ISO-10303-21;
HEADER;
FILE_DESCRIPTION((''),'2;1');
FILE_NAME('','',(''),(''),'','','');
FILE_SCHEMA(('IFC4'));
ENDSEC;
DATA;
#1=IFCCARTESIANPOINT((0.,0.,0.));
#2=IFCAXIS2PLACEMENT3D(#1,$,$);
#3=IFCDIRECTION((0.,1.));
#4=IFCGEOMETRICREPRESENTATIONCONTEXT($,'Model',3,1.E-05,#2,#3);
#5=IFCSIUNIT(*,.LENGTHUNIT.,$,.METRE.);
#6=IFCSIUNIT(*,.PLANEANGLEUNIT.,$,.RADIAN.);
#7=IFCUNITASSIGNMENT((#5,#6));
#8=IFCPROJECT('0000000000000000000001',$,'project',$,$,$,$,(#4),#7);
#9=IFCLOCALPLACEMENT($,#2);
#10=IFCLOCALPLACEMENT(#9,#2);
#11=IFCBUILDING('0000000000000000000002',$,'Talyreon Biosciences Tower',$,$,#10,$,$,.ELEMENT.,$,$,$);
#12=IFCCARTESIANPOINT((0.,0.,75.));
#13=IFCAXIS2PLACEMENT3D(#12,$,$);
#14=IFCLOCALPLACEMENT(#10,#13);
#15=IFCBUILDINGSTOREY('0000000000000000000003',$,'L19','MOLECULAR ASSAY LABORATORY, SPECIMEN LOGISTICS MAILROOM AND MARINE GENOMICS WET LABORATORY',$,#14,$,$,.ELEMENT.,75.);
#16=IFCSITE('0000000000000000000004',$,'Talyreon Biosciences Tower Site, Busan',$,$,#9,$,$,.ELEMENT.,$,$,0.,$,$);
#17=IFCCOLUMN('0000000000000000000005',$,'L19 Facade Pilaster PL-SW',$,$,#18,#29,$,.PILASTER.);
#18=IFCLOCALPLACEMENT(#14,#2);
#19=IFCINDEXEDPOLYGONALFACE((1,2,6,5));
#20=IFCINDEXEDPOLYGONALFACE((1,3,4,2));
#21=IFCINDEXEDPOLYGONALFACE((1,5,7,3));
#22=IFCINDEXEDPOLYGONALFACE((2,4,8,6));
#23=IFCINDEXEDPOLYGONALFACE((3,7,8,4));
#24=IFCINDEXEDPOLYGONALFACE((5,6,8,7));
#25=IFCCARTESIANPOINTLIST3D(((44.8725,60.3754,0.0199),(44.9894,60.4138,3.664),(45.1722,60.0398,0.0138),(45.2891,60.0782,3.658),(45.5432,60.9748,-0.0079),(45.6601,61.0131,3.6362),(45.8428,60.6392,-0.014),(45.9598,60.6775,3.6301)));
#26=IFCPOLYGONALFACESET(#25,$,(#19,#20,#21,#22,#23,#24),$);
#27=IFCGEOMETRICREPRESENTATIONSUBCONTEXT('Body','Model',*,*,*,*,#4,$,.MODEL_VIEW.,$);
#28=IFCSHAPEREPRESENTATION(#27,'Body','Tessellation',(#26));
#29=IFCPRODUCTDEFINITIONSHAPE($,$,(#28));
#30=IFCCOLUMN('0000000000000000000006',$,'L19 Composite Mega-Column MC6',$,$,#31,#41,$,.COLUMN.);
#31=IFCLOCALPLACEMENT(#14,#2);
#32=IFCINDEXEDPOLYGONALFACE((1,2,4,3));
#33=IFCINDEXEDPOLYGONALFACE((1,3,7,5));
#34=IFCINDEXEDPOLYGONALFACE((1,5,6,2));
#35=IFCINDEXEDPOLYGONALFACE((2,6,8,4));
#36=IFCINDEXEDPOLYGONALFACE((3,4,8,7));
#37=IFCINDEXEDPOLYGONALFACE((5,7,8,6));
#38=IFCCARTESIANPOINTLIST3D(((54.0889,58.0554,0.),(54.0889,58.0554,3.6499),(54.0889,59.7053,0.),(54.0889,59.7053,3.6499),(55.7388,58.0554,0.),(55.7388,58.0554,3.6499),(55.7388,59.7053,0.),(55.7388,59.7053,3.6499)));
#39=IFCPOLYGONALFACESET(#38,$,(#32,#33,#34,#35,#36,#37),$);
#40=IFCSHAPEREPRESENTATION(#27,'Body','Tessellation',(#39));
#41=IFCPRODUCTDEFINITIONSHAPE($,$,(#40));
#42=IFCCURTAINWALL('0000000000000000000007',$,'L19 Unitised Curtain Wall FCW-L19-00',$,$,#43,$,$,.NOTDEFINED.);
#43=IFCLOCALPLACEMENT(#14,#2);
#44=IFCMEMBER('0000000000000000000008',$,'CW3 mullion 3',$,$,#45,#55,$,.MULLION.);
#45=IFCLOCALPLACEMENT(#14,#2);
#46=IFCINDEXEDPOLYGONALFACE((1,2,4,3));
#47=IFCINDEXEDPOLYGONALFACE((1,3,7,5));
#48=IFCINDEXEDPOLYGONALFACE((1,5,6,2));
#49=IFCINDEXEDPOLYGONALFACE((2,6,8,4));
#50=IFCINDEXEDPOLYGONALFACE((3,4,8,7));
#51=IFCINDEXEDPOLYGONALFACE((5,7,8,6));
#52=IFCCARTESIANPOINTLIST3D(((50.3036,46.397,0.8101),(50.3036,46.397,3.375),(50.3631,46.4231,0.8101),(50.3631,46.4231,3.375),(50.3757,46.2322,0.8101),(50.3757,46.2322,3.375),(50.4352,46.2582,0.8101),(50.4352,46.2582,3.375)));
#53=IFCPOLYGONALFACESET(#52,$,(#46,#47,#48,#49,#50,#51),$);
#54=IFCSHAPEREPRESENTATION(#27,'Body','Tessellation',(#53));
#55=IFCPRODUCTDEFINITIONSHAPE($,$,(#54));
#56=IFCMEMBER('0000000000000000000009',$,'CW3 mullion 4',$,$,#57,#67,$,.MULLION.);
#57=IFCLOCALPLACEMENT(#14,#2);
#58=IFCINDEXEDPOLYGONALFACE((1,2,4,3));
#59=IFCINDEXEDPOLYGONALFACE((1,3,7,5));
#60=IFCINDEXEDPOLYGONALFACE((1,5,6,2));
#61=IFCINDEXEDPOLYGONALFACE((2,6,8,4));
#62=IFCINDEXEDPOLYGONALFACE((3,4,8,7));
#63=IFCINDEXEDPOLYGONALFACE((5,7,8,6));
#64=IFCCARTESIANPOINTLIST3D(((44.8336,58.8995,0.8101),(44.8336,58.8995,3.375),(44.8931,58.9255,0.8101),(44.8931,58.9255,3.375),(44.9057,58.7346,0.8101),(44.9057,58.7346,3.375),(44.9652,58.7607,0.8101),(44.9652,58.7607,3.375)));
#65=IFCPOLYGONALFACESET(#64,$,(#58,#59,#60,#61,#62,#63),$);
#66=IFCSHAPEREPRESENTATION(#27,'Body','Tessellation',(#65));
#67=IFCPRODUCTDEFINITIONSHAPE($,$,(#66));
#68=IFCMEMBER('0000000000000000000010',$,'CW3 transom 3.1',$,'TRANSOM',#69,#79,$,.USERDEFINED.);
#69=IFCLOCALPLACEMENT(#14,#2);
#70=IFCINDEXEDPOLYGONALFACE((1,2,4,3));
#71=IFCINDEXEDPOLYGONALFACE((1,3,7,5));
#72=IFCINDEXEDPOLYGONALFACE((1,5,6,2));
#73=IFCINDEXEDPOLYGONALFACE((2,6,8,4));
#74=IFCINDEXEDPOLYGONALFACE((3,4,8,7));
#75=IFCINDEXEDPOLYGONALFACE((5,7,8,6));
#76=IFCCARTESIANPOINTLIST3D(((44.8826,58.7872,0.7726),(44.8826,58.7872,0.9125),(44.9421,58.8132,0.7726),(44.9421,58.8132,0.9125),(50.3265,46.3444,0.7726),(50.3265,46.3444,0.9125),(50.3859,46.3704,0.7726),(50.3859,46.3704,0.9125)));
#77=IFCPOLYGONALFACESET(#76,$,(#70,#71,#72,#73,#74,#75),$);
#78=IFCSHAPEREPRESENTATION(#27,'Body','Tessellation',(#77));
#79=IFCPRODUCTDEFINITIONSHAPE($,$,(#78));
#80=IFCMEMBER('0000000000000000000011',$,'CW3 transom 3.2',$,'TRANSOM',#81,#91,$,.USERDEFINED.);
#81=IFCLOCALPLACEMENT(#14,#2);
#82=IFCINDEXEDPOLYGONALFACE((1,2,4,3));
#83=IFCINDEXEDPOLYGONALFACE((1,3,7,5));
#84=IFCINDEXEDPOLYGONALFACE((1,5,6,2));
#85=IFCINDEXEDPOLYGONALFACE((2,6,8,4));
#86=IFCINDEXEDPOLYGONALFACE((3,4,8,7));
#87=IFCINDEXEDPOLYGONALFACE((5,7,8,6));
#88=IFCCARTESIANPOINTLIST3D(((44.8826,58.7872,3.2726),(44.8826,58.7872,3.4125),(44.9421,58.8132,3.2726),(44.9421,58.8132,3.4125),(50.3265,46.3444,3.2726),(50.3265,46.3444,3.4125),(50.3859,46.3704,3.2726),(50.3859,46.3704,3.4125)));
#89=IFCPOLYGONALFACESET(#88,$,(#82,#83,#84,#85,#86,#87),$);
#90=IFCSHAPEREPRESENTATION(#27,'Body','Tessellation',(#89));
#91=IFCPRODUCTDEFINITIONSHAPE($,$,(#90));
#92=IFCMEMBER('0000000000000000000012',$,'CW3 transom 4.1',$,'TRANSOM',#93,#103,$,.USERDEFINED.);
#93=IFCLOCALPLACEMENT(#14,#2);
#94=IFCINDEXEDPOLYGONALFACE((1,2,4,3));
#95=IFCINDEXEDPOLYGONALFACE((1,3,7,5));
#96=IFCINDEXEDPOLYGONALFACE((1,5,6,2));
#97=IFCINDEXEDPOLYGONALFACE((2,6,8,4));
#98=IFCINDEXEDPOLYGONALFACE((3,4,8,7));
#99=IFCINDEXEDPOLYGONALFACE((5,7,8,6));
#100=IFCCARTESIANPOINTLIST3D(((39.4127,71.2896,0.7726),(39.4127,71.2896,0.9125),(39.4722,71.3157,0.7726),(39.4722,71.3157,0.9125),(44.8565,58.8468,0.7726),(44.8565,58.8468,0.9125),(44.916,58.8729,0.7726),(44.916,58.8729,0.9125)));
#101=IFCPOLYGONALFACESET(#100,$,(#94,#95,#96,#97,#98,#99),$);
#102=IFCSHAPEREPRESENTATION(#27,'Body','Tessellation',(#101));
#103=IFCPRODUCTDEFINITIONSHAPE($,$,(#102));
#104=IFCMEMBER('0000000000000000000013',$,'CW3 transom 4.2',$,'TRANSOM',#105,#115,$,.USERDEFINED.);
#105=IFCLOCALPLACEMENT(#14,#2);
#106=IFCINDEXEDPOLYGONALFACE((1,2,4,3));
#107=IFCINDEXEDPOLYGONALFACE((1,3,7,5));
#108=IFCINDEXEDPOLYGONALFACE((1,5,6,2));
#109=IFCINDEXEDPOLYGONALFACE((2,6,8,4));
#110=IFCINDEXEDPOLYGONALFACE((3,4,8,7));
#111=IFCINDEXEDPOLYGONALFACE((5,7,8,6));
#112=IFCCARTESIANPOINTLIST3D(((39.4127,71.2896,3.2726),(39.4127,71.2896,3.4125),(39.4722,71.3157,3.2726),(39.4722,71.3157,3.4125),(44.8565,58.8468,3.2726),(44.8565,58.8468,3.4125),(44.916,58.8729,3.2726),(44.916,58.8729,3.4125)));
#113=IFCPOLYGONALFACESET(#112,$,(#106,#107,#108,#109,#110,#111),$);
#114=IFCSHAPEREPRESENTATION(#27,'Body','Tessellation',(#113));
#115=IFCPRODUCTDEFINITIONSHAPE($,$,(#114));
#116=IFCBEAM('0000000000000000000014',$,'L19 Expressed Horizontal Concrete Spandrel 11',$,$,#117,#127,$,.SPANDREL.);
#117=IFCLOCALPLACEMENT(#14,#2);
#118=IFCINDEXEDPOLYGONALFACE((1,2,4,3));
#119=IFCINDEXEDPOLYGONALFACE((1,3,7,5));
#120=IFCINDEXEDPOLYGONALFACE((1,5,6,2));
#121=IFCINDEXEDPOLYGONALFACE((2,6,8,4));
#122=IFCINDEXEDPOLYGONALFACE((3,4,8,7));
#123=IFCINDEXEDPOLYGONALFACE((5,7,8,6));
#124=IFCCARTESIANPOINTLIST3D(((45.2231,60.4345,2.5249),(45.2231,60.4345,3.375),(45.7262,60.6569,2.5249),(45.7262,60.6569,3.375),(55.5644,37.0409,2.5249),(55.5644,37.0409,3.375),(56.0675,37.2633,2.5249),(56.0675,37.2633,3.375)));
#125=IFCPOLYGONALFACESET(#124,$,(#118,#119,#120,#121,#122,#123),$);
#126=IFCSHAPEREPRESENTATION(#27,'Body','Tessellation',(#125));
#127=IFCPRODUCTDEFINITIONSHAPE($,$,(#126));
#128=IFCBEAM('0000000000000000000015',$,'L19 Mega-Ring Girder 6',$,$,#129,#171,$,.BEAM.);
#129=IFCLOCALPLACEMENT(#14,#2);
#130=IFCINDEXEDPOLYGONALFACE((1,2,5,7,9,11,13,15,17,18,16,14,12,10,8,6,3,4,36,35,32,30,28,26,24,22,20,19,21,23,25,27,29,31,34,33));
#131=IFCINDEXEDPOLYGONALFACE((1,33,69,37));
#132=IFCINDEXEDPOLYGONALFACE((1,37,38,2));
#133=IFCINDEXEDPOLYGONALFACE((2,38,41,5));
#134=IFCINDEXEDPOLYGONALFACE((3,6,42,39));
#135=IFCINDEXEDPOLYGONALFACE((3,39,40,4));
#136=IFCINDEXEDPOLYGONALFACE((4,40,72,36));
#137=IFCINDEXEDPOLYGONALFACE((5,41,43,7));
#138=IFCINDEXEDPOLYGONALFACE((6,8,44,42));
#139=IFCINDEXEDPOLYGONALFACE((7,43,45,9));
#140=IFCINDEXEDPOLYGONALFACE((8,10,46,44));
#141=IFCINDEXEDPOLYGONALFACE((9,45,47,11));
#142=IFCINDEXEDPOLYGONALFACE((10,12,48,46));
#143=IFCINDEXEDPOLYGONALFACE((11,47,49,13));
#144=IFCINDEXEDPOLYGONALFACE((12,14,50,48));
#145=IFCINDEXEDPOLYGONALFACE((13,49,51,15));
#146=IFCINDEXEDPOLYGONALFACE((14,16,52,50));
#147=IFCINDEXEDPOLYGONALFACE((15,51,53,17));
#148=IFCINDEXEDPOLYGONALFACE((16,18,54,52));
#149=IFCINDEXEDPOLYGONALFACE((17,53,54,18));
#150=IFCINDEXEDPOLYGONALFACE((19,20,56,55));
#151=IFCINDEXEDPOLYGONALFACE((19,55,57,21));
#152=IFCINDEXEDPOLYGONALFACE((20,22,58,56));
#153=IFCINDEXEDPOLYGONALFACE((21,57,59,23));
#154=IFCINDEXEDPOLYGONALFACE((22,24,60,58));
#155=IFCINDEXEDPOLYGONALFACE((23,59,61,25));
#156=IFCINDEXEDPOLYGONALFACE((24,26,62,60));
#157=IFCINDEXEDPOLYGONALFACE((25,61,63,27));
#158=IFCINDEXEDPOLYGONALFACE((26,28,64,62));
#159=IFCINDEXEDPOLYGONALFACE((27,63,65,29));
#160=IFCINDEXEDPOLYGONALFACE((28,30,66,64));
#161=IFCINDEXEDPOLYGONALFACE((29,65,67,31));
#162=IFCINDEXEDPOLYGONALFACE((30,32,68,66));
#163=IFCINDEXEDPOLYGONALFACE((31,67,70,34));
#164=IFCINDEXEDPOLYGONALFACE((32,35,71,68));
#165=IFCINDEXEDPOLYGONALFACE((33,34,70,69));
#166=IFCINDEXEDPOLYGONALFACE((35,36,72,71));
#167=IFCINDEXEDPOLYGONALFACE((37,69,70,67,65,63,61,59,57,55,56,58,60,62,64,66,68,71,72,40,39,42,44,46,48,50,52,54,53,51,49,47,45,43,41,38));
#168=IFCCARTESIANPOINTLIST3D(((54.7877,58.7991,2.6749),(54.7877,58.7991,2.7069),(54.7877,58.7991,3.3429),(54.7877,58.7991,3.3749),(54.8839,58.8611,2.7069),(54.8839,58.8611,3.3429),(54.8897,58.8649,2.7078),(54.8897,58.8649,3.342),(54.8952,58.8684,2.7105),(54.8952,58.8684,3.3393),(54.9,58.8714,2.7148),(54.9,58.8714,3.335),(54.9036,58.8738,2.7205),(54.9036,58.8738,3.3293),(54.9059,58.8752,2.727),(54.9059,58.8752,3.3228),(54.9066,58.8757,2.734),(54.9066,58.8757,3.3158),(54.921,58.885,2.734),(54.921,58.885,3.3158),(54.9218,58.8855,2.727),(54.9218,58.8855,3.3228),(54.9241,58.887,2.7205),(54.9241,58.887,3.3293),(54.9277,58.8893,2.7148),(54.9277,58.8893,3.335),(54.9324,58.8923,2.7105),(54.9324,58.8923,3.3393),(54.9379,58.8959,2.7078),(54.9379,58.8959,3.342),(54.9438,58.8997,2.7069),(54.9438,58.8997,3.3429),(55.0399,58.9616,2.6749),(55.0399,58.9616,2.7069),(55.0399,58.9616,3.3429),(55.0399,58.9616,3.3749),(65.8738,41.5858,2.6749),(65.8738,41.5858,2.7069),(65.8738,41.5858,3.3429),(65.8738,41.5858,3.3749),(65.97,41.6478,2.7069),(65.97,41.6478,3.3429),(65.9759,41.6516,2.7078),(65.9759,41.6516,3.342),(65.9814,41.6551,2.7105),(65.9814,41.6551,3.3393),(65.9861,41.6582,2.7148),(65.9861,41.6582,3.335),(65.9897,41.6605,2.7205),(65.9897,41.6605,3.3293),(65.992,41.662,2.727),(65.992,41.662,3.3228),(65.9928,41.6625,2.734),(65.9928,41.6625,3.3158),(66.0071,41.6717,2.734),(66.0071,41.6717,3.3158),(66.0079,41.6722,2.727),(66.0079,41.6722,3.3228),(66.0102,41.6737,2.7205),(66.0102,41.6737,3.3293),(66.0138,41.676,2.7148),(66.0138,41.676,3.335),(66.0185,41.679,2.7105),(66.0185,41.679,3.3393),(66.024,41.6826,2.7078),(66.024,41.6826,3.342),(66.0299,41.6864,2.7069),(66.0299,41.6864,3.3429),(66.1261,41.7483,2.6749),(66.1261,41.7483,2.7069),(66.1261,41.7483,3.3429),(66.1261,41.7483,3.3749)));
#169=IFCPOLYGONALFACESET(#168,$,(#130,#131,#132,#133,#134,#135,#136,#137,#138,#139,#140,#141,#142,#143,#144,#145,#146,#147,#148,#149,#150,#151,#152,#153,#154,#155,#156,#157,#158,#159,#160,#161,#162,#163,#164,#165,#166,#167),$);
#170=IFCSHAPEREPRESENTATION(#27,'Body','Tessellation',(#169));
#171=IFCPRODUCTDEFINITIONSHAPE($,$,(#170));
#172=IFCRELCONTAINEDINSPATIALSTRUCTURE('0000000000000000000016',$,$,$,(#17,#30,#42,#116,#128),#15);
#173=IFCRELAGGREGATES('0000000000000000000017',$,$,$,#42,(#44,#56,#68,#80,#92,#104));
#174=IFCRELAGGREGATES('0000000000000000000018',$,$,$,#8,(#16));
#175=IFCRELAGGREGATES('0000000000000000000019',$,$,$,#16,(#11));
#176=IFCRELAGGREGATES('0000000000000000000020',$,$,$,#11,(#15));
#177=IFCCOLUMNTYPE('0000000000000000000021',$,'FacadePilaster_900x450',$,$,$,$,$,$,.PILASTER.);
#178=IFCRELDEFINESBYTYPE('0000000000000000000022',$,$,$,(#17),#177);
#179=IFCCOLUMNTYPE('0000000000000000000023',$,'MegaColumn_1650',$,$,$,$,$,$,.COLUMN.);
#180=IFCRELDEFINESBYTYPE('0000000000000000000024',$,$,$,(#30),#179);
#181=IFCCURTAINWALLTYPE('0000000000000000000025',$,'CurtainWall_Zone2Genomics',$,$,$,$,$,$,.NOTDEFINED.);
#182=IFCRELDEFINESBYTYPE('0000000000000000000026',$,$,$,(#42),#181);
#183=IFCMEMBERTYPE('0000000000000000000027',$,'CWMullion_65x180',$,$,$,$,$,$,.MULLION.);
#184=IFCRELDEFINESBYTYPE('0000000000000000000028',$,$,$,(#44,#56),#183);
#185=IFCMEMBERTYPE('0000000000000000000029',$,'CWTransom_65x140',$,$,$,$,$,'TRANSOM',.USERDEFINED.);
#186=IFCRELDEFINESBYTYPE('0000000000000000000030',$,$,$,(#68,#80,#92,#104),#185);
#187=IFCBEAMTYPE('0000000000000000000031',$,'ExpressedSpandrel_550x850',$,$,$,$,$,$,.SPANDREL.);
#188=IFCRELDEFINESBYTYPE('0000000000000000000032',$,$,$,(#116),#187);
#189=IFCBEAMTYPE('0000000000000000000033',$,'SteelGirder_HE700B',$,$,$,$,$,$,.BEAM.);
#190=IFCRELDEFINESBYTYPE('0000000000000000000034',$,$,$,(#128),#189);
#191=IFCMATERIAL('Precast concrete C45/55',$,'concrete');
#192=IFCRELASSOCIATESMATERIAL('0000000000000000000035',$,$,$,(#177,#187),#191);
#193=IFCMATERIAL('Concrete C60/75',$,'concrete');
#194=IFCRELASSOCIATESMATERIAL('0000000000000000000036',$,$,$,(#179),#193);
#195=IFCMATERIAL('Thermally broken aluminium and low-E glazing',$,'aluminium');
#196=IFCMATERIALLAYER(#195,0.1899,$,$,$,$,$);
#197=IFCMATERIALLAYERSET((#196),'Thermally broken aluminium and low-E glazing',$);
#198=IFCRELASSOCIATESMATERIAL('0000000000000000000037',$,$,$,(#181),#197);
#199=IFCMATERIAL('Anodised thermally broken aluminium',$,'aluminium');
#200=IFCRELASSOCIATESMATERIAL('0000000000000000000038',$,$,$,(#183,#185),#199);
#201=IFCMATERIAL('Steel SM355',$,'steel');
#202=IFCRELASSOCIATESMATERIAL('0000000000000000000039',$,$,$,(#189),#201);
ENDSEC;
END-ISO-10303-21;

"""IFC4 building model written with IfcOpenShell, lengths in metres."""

from ifc_helpers import new_model, si_unit, direction, frame, origin, origin_2d, place, context, subcontext, project, spatial, rectangle, i_section, extrude, material, layer, layer_set, material_profile, profile_set, type_object, element, aggregate, save


model = new_model("IFC4")

# Units and contexts
model_context = context("Model", 3, precision=1e-05, world=origin(), true_north=direction((0.0, 1.0)))
body_context = subcontext(model_context, "Body", "Model", "MODEL_VIEW")
ifc_project = project(units=[si_unit("LENGTHUNIT", "METRE"), si_unit("PLANEANGLEUNIT", "RADIAN")], contexts=[model_context])

# Site, building, storey
site_placement = place(None, origin())
site = spatial("IfcSite", under=ifc_project, at=site_placement, Name="Talyreon Biosciences Tower Site, Busan", CompositionType="ELEMENT", RefElevation=0.0)
building_placement = place(site_placement, origin())
building = spatial("IfcBuilding", under=site, at=building_placement, Name="Talyreon Biosciences Tower", CompositionType="ELEMENT")
storey_placement = place(building_placement, frame((0.0, 0.0, 75.0)))
storey = spatial("IfcBuildingStorey", under=building, at=storey_placement, Name="L19", Description="MOLECULAR ASSAY LABORATORY, SPECIMEN LOGISTICS MAILROOM AND MARINE GENOMICS WET LABORATORY", CompositionType="ELEMENT", Elevation=75.0)

# Columns
ifc_material_1 = material(Name="Precast concrete C45/55", Category="concrete")
ifc_material_profile_1 = material_profile(ifc_material_1, rectangle(XDim=0.8999, YDim=0.45, at=origin_2d()), Name="RC 900x450")
ifc_profile_set_1 = profile_set([ifc_material_profile_1], Name="Precast concrete C45/55")
column_type_1 = type_object("IfcColumnType", Name="FacadePilaster_900x450", PredefinedType="PILASTER", material=ifc_profile_set_1)
column_1_placement = place(storey_placement, frame((45.3577, 60.5073, 0.0029), z_axis=(0.032073, 0.010513, 0.99943), x_axis=(0.745278, 0.666037, -0.030923)))
element("IfcColumn", 1, at=column_1_placement, inside=storey, type_object=column_type_1, Name="L19 Facade Pilaster PL-SW", PredefinedType="PILASTER", context=body_context, shape_type="SweptSolid", body=[
    extrude(rectangle(XDim=0.8999, YDim=0.45, at=origin_2d()), origin(), (0.0, 0.0, 1.0), 3.6462),
])
ifc_material_2 = material(Name="Concrete C60/75", Category="concrete")
ifc_material_profile_2 = material_profile(ifc_material_2, rectangle(XDim=1.6499, YDim=1.6499, at=origin_2d()), Name="RC 1650x1650")
ifc_profile_set_2 = profile_set([ifc_material_profile_2], Name="Concrete C60/75")
column_type_2 = type_object("IfcColumnType", Name="MegaColumn_1650", PredefinedType="COLUMN", material=ifc_profile_set_2)
column_2_placement = place(storey_placement, frame((54.9138, 58.8804, 0.0), z_axis=(0.0, 0.0, 1.0), x_axis=(1.0, 0.0, 0.0)))
element("IfcColumn", 2, at=column_2_placement, inside=storey, type_object=column_type_2, Name="L19 Composite Mega-Column MC6", PredefinedType="COLUMN", context=body_context, shape_type="SweptSolid", body=[
    extrude(rectangle(XDim=1.6499, YDim=1.6499, at=origin_2d()), origin(), (0.0, 0.0, 1.0), 3.6499),
])

# Curtain wall, members
ifc_material_3 = material(Name="Thermally broken aluminium and low-E glazing", Category="aluminium")
ifc_layer_1 = layer(ifc_material_3, 0.1899)
ifc_layer_set_1 = layer_set([ifc_layer_1], Name="Thermally broken aluminium and low-E glazing")
curtain_wall_type = type_object("IfcCurtainWallType", Name="CurtainWall_Zone2Genomics", PredefinedType="NOTDEFINED", material=ifc_layer_set_1)
curtain_wall_placement = place(storey_placement, origin())
curtain_wall = element("IfcCurtainWall", 3, at=curtain_wall_placement, inside=storey, type_object=curtain_wall_type, Name="L19 Unitised Curtain Wall FCW-L19-00", PredefinedType="NOTDEFINED")
ifc_material_4 = material(Name="Anodised thermally broken aluminium", Category="aluminium")
ifc_material_profile_3 = material_profile(ifc_material_4, rectangle(XDim=0.0649, YDim=0.1799, at=origin_2d()), Name="ALUM MULLION 65x180")
ifc_profile_set_3 = profile_set([ifc_material_profile_3], Name="Anodised thermally broken aluminium")
member_type_1 = type_object("IfcMemberType", Name="CWMullion_65x180", PredefinedType="MULLION", material=ifc_profile_set_3)
member_1_placement = place(storey_placement, frame((50.3694, 46.3276, 0.8101), z_axis=(0.0, 0.0, 1.0), x_axis=(-0.916152, -0.400831, 0.0)))
member_1 = element("IfcMember", 4, at=member_1_placement, type_object=member_type_1, Name="CW3 mullion 3", PredefinedType="MULLION", context=body_context, shape_type="SweptSolid", body=[
    extrude(rectangle(XDim=0.0649, YDim=0.1799, at=origin_2d()), origin(), (0.0, 0.0, 1.0), 2.5649),
])
member_2_placement = place(storey_placement, frame((44.8994, 58.8301, 0.8101), z_axis=(0.0, 0.0, 1.0), x_axis=(-0.916152, -0.400831, 0.0)))
member_2 = element("IfcMember", 5, at=member_2_placement, type_object=member_type_1, Name="CW3 mullion 4", PredefinedType="MULLION", context=body_context, shape_type="SweptSolid", body=[
    extrude(rectangle(XDim=0.0649, YDim=0.1799, at=origin_2d()), origin(), (0.0, 0.0, 1.0), 2.5649),
])
ifc_material_profile_4 = material_profile(ifc_material_4, rectangle(XDim=0.0649, YDim=0.1399, at=origin_2d()), Name="ALUM TRANSOM 65x140")
ifc_profile_set_4 = profile_set([ifc_material_profile_4], Name="Anodised thermally broken aluminium")
member_type_2 = type_object("IfcMemberType", Name="CWTransom_65x140", ElementType="TRANSOM", PredefinedType="USERDEFINED", material=ifc_profile_set_4)
member_3_placement = place(storey_placement, frame((50.3562, 46.3574, 0.8425), z_axis=(-0.400824, 0.916155, 0.0), x_axis=(-0.916155, -0.400824, 0.0)))
member_3 = element("IfcMember", 6, at=member_3_placement, type_object=member_type_2, Name="CW3 transom 3.1", ObjectType="TRANSOM", PredefinedType="USERDEFINED", context=body_context, shape_type="SweptSolid", body=[
    extrude(rectangle(XDim=0.0649, YDim=0.1399, at=origin_2d()), origin(), (0.0, 0.0, 1.0), 13.5815),
])
member_4_placement = place(storey_placement, frame((50.3562, 46.3574, 3.3425), z_axis=(-0.400824, 0.916155, 0.0), x_axis=(-0.916155, -0.400824, 0.0)))
member_4 = element("IfcMember", 7, at=member_4_placement, type_object=member_type_2, Name="CW3 transom 3.2", ObjectType="TRANSOM", PredefinedType="USERDEFINED", context=body_context, shape_type="SweptSolid", body=[
    extrude(rectangle(XDim=0.0649, YDim=0.1399, at=origin_2d()), origin(), (0.0, 0.0, 1.0), 13.5815),
])
member_5_placement = place(storey_placement, frame((44.8862, 58.8599, 0.8425), z_axis=(-0.400824, 0.916155, 0.0), x_axis=(-0.916155, -0.400824, 0.0)))
member_5 = element("IfcMember", 8, at=member_5_placement, type_object=member_type_2, Name="CW3 transom 4.1", ObjectType="TRANSOM", PredefinedType="USERDEFINED", context=body_context, shape_type="SweptSolid", body=[
    extrude(rectangle(XDim=0.0649, YDim=0.1399, at=origin_2d()), origin(), (0.0, 0.0, 1.0), 13.5815),
])
member_6_placement = place(storey_placement, frame((44.8862, 58.8599, 3.3425), z_axis=(-0.400824, 0.916155, 0.0), x_axis=(-0.916155, -0.400824, 0.0)))
member_6 = element("IfcMember", 9, at=member_6_placement, type_object=member_type_2, Name="CW3 transom 4.2", ObjectType="TRANSOM", PredefinedType="USERDEFINED", context=body_context, shape_type="SweptSolid", body=[
    extrude(rectangle(XDim=0.0649, YDim=0.1399, at=origin_2d()), origin(), (0.0, 0.0, 1.0), 13.5815),
])

# Beams
ifc_material_profile_5 = material_profile(ifc_material_1, rectangle(XDim=0.55, YDim=0.8501, at=origin_2d()), Name="RCB 550x850")
ifc_profile_set_5 = profile_set([ifc_material_profile_5], Name="Precast concrete C45/55")
beam_type_1 = type_object("IfcBeamType", Name="ExpressedSpandrel_550x850", PredefinedType="SPANDREL", material=ifc_profile_set_5)
beam_1_placement = place(storey_placement, frame((45.4746, 60.5457, 2.95), z_axis=(0.404315, -0.91462, 0.0), x_axis=(0.91462, 0.404315, 0.0)))
element("IfcBeam", 10, at=beam_1_placement, inside=storey, type_object=beam_type_1, Name="L19 Expressed Horizontal Concrete Spandrel 11", PredefinedType="SPANDREL", context=body_context, shape_type="SweptSolid", body=[
    extrude(rectangle(XDim=0.55, YDim=0.8501, at=origin_2d()), origin(), (0.0, 0.0, 1.0), 25.5774),
])
ifc_material_5 = material(Name="Steel SM355", Category="steel")
ifc_material_profile_6 = material_profile(ifc_material_5, i_section(OverallWidth=0.3, OverallDepth=0.7, WebThickness=0.0171, FlangeThickness=0.032, FilletRadius=0.0271, at=origin_2d()), Name="HE700B")
ifc_profile_set_6 = profile_set([ifc_material_profile_6], Name="Steel SM355")
beam_type_2 = type_object("IfcBeamType", Name="SteelGirder_HE700B", PredefinedType="BEAM", material=ifc_profile_set_6)
beam_2_placement = place(storey_placement, frame((54.9138, 58.8804, 3.0249), z_axis=(0.541464, -0.840724, 0.0), x_axis=(0.840724, 0.541464, 0.0)))
element("IfcBeam", 11, at=beam_2_placement, inside=storey, type_object=beam_type_2, Name="L19 Mega-Ring Girder 6", PredefinedType="BEAM", context=body_context, shape_type="SweptSolid", body=[
    extrude(i_section(OverallWidth=0.3, OverallDepth=0.7, WebThickness=0.0171, FlangeThickness=0.032, FilletRadius=0.0271, at=origin_2d()), origin(), (0.0, 0.0, 1.0), 20.4744),
])

aggregate(curtain_wall, [member_1, member_2, member_3, member_4, member_5, member_6])

save(model, "model.ifc")
